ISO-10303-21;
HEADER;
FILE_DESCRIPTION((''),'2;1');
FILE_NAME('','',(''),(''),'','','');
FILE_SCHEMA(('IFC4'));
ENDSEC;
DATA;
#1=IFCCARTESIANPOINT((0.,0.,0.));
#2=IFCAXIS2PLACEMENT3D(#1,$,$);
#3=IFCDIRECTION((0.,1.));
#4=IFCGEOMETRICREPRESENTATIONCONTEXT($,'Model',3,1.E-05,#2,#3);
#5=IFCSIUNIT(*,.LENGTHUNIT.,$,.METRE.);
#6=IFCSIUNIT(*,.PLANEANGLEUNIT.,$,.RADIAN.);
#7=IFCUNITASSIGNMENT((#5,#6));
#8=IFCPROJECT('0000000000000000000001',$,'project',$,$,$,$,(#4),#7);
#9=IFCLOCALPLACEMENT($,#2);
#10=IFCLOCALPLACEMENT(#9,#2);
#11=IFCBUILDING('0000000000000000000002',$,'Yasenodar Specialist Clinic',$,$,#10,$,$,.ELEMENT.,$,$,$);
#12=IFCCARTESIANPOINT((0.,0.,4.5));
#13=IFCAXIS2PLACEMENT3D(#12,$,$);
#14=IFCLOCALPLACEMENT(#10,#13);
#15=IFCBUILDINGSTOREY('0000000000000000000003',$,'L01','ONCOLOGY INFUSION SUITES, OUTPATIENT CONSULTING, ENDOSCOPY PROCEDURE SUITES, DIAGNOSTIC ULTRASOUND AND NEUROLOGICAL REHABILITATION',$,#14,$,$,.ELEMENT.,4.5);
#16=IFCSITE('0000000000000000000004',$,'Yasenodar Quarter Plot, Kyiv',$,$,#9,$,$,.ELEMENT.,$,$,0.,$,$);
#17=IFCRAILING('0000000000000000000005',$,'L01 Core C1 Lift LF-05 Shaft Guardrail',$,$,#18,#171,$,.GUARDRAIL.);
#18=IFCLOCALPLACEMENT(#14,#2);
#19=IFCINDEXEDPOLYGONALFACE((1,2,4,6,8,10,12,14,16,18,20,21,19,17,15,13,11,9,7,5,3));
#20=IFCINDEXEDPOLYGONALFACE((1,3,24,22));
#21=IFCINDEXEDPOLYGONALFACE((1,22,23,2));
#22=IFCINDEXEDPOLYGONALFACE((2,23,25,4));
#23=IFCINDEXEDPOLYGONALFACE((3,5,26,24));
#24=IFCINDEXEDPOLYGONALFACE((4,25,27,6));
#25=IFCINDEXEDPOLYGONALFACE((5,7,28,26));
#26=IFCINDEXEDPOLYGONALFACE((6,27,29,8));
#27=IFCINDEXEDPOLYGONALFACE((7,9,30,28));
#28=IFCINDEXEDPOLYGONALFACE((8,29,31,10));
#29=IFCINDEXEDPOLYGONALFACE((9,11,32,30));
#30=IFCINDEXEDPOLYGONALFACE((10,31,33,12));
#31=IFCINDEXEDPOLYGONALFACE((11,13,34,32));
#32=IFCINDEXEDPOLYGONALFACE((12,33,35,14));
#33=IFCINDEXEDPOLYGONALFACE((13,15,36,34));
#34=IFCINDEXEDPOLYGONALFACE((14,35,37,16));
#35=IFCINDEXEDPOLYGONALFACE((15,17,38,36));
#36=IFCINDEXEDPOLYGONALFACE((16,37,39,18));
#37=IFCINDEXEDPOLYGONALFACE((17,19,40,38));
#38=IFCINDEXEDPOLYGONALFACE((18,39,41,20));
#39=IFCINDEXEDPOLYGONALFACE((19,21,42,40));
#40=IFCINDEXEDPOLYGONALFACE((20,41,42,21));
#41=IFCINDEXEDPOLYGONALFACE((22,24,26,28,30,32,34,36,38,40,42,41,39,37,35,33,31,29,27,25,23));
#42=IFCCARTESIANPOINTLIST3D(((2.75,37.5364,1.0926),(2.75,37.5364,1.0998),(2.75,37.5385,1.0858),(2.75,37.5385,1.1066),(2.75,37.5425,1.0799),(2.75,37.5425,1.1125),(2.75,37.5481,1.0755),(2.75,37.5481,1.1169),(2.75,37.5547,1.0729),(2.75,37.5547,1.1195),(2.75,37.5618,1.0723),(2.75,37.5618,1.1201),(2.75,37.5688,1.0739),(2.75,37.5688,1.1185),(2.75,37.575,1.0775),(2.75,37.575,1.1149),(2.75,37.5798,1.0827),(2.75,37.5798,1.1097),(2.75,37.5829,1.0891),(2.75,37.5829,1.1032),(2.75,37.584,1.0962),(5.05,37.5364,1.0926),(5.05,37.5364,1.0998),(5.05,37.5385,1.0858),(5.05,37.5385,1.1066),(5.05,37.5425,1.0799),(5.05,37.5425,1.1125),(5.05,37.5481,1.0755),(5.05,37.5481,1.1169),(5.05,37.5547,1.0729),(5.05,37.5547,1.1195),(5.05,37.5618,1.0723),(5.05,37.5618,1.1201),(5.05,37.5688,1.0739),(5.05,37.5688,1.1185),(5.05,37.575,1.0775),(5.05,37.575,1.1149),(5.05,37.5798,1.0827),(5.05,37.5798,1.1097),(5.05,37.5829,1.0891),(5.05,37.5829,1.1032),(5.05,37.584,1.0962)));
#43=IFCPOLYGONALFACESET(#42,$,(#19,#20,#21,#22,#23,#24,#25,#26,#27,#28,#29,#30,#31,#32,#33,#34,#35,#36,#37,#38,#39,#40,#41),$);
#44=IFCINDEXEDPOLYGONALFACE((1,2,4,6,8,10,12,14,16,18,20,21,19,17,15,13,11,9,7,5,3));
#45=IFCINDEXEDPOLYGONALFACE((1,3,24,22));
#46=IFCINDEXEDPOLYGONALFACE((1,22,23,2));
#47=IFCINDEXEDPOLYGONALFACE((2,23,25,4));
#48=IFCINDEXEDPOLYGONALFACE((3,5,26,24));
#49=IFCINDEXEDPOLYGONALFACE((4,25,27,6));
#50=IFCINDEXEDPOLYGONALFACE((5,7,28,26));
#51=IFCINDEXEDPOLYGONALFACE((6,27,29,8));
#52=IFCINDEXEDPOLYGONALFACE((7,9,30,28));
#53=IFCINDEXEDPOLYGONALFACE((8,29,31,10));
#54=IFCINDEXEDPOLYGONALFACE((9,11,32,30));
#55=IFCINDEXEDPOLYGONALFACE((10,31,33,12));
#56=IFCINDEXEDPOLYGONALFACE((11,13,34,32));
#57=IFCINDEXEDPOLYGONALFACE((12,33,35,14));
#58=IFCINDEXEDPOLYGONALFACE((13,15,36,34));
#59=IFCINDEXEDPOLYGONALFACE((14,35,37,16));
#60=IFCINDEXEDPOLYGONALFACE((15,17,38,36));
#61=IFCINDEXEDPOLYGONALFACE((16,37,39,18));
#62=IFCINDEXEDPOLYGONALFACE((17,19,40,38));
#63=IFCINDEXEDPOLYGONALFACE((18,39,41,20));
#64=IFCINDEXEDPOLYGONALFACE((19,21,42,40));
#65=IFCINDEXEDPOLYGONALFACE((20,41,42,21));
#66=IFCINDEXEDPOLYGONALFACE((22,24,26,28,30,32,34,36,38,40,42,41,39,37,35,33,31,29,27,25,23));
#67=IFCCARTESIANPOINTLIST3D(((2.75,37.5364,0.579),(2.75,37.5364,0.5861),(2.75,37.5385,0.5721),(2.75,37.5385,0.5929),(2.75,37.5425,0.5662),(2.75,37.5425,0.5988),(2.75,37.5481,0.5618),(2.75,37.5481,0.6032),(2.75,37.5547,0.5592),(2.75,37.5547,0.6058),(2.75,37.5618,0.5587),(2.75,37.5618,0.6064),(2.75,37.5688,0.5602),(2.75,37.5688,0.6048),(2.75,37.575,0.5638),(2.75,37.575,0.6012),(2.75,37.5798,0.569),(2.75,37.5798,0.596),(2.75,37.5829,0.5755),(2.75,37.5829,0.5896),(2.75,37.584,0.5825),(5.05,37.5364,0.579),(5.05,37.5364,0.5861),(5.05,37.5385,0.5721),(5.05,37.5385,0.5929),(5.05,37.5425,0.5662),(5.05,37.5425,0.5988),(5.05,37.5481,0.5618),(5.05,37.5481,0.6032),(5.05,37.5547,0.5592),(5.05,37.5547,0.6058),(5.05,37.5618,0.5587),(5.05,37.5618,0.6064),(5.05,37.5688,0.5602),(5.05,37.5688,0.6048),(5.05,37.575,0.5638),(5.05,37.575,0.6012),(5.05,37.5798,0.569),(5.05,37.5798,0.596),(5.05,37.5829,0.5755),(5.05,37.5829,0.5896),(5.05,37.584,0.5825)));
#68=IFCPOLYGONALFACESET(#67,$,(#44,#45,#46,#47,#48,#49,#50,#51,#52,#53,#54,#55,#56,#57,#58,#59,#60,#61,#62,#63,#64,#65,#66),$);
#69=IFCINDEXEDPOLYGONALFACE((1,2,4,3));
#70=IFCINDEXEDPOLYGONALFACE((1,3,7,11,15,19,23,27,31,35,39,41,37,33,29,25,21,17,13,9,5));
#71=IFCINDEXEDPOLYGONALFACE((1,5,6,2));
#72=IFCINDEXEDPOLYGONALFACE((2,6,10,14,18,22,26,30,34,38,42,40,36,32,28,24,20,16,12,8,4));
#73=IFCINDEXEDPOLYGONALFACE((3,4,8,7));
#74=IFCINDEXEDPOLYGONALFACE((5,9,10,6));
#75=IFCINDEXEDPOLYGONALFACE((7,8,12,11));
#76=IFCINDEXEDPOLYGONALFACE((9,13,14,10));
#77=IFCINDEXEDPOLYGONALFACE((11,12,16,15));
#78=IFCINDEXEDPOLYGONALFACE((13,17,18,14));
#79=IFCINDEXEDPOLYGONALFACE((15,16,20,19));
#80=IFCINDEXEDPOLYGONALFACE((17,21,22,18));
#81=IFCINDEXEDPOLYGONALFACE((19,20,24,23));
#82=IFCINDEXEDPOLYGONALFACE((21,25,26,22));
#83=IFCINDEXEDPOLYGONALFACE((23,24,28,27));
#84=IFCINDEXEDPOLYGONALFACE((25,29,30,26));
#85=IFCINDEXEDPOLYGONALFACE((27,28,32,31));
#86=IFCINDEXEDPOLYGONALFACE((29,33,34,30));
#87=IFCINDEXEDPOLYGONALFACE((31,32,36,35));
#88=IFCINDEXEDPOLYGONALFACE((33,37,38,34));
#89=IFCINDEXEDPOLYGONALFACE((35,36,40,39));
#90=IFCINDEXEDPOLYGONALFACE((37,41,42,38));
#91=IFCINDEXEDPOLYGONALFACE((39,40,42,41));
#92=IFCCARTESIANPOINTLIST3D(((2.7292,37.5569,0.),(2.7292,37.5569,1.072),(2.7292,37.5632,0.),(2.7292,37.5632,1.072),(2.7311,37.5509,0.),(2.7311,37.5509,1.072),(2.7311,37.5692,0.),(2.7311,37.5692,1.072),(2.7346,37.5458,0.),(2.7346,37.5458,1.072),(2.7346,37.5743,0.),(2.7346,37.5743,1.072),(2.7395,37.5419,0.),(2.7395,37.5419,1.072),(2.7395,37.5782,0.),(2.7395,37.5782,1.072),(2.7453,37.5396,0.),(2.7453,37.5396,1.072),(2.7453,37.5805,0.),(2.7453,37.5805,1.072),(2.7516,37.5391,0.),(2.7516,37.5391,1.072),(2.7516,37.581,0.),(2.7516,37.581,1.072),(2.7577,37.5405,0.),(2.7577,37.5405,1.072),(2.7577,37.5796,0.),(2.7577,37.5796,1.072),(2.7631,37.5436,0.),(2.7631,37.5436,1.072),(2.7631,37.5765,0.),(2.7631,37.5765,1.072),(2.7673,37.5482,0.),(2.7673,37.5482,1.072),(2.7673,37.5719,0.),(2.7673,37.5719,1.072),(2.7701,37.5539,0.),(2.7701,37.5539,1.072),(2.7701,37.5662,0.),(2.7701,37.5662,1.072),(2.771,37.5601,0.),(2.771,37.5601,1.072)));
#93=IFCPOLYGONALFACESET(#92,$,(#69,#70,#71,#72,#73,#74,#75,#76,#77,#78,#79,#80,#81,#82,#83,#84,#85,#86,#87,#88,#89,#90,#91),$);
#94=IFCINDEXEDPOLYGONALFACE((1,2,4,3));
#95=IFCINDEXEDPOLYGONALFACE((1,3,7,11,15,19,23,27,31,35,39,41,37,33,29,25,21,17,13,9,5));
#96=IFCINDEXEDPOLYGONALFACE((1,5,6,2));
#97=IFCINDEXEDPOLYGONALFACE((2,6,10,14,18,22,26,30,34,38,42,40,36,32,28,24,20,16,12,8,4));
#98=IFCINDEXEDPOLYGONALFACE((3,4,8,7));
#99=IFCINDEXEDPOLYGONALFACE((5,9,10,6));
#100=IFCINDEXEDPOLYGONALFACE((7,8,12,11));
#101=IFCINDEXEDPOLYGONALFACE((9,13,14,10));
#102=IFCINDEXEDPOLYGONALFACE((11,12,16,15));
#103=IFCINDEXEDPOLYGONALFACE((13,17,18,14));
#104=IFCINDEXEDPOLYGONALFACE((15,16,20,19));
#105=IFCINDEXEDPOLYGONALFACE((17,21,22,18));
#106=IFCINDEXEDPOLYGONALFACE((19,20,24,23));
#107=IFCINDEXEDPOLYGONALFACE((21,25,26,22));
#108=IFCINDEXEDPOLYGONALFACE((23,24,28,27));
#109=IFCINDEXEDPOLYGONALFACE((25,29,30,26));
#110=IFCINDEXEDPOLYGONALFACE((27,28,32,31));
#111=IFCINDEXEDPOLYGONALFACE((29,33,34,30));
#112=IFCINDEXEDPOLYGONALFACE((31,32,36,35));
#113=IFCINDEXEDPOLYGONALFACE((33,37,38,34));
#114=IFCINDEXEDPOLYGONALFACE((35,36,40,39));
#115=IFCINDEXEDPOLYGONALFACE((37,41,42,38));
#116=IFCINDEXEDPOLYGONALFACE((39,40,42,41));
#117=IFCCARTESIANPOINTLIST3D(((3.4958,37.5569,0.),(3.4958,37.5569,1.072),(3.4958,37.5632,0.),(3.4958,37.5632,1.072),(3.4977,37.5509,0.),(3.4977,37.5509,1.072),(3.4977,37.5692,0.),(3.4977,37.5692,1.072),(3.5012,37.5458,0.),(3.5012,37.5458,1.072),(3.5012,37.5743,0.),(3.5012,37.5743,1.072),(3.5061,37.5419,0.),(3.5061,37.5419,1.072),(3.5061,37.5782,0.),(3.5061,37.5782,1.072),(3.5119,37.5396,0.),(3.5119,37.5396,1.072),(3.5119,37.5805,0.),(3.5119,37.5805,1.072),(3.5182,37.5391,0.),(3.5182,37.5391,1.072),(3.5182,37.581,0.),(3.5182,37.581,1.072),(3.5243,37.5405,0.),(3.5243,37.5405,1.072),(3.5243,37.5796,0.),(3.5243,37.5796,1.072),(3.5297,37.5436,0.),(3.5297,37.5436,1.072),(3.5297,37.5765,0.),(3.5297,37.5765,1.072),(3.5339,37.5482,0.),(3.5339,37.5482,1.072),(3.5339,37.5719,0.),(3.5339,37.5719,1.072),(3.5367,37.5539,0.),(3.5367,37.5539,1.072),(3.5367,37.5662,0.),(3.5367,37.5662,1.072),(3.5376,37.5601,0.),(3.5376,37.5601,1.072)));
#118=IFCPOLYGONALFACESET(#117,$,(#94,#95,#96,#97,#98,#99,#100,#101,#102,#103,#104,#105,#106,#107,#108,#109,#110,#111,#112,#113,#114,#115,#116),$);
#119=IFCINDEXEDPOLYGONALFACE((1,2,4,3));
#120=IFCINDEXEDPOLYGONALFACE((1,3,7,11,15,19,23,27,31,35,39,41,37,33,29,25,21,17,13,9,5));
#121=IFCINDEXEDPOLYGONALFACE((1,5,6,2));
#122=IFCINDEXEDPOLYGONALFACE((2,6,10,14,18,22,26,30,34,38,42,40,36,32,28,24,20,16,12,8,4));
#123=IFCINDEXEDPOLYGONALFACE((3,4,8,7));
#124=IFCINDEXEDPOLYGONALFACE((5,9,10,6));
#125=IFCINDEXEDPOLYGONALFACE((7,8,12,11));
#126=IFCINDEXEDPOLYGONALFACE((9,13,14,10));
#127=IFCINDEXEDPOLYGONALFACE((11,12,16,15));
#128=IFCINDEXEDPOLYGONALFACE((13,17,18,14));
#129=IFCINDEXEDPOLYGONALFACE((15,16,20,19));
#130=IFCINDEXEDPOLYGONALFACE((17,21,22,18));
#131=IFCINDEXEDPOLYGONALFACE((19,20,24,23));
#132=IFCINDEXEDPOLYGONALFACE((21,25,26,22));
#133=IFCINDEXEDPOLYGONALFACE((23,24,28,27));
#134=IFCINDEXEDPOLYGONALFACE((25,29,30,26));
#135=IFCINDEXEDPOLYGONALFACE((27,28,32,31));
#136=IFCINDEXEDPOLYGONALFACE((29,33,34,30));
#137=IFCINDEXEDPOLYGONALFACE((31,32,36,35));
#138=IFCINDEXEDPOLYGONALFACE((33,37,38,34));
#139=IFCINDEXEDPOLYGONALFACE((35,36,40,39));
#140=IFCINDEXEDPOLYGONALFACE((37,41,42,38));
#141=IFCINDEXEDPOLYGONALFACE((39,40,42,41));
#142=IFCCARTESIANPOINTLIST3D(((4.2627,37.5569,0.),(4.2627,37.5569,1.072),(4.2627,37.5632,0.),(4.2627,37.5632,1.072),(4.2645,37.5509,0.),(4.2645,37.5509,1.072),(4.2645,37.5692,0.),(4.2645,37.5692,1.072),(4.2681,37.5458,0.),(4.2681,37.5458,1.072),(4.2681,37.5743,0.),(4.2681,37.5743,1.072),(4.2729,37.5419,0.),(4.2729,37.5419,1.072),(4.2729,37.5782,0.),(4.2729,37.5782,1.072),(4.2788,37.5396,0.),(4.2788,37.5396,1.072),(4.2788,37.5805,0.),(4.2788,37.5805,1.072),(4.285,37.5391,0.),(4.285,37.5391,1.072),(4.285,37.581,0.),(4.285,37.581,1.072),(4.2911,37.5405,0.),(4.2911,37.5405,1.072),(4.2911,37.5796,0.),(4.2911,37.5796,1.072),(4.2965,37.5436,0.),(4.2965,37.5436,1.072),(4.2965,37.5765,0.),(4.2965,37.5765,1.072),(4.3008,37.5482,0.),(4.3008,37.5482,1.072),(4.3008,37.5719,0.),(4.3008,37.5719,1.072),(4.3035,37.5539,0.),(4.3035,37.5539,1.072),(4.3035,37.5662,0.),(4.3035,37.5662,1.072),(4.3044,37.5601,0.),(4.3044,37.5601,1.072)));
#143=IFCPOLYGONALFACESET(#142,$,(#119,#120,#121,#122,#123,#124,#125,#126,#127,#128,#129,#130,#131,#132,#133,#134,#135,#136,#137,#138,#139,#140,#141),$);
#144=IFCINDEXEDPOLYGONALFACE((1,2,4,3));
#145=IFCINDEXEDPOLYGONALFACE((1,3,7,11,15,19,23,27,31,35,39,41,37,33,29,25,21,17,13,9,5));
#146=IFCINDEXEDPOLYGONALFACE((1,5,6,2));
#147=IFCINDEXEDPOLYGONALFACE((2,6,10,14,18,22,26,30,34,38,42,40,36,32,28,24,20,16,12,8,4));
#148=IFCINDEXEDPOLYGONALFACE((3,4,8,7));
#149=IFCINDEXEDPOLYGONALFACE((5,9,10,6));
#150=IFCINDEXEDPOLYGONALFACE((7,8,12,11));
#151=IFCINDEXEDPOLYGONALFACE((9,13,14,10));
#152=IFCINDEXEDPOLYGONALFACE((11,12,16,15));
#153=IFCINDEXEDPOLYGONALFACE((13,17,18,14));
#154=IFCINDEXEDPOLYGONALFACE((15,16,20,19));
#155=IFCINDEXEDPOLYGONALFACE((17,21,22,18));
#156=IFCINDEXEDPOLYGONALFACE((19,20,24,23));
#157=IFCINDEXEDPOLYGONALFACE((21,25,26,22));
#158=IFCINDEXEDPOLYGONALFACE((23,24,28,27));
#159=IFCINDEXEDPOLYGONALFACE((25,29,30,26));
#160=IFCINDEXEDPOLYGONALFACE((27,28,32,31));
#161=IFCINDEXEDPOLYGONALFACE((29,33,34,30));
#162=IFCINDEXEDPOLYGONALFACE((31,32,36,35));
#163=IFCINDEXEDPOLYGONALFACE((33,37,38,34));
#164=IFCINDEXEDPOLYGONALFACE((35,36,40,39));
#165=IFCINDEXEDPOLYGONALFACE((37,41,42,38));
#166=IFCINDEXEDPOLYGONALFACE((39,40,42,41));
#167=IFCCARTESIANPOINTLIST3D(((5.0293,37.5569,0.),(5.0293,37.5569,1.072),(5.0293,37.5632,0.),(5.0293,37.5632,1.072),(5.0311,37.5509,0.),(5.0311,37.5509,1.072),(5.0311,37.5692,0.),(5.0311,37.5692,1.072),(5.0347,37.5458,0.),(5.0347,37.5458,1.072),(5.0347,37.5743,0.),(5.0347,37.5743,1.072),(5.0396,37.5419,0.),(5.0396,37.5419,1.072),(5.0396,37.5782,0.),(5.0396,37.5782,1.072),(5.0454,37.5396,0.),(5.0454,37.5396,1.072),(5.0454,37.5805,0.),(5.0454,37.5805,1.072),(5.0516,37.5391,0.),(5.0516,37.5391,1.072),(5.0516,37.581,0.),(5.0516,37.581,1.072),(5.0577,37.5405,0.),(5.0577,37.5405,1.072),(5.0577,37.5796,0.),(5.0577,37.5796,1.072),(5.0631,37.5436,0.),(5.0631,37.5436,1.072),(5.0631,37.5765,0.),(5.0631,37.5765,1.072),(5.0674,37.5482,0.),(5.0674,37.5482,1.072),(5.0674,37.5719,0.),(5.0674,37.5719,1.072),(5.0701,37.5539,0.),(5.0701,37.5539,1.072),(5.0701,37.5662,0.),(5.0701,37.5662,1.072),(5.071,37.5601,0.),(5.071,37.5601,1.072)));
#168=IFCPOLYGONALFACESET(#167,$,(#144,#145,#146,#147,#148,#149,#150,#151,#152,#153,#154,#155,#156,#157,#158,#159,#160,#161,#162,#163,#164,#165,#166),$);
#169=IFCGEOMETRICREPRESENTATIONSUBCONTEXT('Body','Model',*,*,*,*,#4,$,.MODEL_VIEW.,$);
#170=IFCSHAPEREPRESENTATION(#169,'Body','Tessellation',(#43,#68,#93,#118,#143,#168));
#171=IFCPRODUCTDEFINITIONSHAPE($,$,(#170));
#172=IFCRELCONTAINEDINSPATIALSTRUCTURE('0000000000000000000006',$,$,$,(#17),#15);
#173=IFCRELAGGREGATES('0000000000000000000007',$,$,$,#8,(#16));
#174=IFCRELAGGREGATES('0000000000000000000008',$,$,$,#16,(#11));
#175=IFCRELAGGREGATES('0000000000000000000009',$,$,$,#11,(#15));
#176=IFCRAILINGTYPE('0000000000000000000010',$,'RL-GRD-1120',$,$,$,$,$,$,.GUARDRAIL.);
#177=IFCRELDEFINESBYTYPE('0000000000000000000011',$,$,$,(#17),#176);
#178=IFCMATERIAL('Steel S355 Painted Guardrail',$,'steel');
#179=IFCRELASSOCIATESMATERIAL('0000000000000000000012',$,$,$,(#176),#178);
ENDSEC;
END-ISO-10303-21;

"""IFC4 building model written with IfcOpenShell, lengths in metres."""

from ifc_helpers import new_model, si_unit, direction, frame, origin, origin_2d, place, context, subcontext, project, spatial, circle, extrude, material, type_object, element, save


model = new_model("IFC4")

# Units and contexts
model_context = context("Model", 3, precision=1e-05, world=origin(), true_north=direction((0.0, 1.0)))
body_context = subcontext(model_context, "Body", "Model", "MODEL_VIEW")
ifc_project = project(units=[si_unit("LENGTHUNIT", "METRE"), si_unit("PLANEANGLEUNIT", "RADIAN")], contexts=[model_context])

# Site, building, storey
site_placement = place(None, origin())
site = spatial("IfcSite", under=ifc_project, at=site_placement, Name="Yasenodar Quarter Plot, Kyiv", CompositionType="ELEMENT", RefElevation=0.0)
building_placement = place(site_placement, origin())
building = spatial("IfcBuilding", under=site, at=building_placement, Name="Yasenodar Specialist Clinic", CompositionType="ELEMENT")
storey_placement = place(building_placement, frame((0.0, 0.0, 4.5)))
storey = spatial("IfcBuildingStorey", under=building, at=storey_placement, Name="L01", Description="ONCOLOGY INFUSION SUITES, OUTPATIENT CONSULTING, ENDOSCOPY PROCEDURE SUITES, DIAGNOSTIC ULTRASOUND AND NEUROLOGICAL REHABILITATION", CompositionType="ELEMENT", Elevation=4.5)

# Railing
ifc_material_1 = material(Name="Steel S355 Painted Guardrail", Category="steel")
railing_type_1 = type_object("IfcRailingType", Name="RL-GRD-1120", PredefinedType="GUARDRAIL", material=ifc_material_1)
railing_1_placement = place(storey_placement, frame((2.75, 37.5601, 0.0)))
element("IfcRailing", 1, at=railing_1_placement, inside=storey, type_object=railing_type_1, Name="L01 Core C1 Lift LF-05 Shaft Guardrail", PredefinedType="GUARDRAIL", context=body_context, shape_type="SweptSolid", body=[
    extrude(circle(Radius=0.0239, at=origin_2d()), frame((0.0, 0.0, 1.0962), z_axis=(1.0, 0.0, 0.0), x_axis=(0.0, 1.0, 0.0)), (0.0, 0.0, 1.0), 2.3),
    extrude(circle(Radius=0.0239, at=origin_2d()), frame((0.0, 0.0, 0.5825), z_axis=(1.0, 0.0, 0.0), x_axis=(0.0, 1.0, 0.0)), (0.0, 0.0, 1.0), 2.3),
    extrude(circle(Radius=0.021, at=origin_2d()), origin(), (0.0, 0.0, 1.0), 1.072),
    extrude(circle(Radius=0.021, at=origin_2d()), frame((0.7666, 0.0, 0.0)), (0.0, 0.0, 1.0), 1.072),
    extrude(circle(Radius=0.021, at=origin_2d()), frame((1.5334, 0.0, 0.0)), (0.0, 0.0, 1.0), 1.072),
    extrude(circle(Radius=0.021, at=origin_2d()), frame((2.3, 0.0, 0.0)), (0.0, 0.0, 1.0), 1.072),
])

save(model, "model.ifc")
